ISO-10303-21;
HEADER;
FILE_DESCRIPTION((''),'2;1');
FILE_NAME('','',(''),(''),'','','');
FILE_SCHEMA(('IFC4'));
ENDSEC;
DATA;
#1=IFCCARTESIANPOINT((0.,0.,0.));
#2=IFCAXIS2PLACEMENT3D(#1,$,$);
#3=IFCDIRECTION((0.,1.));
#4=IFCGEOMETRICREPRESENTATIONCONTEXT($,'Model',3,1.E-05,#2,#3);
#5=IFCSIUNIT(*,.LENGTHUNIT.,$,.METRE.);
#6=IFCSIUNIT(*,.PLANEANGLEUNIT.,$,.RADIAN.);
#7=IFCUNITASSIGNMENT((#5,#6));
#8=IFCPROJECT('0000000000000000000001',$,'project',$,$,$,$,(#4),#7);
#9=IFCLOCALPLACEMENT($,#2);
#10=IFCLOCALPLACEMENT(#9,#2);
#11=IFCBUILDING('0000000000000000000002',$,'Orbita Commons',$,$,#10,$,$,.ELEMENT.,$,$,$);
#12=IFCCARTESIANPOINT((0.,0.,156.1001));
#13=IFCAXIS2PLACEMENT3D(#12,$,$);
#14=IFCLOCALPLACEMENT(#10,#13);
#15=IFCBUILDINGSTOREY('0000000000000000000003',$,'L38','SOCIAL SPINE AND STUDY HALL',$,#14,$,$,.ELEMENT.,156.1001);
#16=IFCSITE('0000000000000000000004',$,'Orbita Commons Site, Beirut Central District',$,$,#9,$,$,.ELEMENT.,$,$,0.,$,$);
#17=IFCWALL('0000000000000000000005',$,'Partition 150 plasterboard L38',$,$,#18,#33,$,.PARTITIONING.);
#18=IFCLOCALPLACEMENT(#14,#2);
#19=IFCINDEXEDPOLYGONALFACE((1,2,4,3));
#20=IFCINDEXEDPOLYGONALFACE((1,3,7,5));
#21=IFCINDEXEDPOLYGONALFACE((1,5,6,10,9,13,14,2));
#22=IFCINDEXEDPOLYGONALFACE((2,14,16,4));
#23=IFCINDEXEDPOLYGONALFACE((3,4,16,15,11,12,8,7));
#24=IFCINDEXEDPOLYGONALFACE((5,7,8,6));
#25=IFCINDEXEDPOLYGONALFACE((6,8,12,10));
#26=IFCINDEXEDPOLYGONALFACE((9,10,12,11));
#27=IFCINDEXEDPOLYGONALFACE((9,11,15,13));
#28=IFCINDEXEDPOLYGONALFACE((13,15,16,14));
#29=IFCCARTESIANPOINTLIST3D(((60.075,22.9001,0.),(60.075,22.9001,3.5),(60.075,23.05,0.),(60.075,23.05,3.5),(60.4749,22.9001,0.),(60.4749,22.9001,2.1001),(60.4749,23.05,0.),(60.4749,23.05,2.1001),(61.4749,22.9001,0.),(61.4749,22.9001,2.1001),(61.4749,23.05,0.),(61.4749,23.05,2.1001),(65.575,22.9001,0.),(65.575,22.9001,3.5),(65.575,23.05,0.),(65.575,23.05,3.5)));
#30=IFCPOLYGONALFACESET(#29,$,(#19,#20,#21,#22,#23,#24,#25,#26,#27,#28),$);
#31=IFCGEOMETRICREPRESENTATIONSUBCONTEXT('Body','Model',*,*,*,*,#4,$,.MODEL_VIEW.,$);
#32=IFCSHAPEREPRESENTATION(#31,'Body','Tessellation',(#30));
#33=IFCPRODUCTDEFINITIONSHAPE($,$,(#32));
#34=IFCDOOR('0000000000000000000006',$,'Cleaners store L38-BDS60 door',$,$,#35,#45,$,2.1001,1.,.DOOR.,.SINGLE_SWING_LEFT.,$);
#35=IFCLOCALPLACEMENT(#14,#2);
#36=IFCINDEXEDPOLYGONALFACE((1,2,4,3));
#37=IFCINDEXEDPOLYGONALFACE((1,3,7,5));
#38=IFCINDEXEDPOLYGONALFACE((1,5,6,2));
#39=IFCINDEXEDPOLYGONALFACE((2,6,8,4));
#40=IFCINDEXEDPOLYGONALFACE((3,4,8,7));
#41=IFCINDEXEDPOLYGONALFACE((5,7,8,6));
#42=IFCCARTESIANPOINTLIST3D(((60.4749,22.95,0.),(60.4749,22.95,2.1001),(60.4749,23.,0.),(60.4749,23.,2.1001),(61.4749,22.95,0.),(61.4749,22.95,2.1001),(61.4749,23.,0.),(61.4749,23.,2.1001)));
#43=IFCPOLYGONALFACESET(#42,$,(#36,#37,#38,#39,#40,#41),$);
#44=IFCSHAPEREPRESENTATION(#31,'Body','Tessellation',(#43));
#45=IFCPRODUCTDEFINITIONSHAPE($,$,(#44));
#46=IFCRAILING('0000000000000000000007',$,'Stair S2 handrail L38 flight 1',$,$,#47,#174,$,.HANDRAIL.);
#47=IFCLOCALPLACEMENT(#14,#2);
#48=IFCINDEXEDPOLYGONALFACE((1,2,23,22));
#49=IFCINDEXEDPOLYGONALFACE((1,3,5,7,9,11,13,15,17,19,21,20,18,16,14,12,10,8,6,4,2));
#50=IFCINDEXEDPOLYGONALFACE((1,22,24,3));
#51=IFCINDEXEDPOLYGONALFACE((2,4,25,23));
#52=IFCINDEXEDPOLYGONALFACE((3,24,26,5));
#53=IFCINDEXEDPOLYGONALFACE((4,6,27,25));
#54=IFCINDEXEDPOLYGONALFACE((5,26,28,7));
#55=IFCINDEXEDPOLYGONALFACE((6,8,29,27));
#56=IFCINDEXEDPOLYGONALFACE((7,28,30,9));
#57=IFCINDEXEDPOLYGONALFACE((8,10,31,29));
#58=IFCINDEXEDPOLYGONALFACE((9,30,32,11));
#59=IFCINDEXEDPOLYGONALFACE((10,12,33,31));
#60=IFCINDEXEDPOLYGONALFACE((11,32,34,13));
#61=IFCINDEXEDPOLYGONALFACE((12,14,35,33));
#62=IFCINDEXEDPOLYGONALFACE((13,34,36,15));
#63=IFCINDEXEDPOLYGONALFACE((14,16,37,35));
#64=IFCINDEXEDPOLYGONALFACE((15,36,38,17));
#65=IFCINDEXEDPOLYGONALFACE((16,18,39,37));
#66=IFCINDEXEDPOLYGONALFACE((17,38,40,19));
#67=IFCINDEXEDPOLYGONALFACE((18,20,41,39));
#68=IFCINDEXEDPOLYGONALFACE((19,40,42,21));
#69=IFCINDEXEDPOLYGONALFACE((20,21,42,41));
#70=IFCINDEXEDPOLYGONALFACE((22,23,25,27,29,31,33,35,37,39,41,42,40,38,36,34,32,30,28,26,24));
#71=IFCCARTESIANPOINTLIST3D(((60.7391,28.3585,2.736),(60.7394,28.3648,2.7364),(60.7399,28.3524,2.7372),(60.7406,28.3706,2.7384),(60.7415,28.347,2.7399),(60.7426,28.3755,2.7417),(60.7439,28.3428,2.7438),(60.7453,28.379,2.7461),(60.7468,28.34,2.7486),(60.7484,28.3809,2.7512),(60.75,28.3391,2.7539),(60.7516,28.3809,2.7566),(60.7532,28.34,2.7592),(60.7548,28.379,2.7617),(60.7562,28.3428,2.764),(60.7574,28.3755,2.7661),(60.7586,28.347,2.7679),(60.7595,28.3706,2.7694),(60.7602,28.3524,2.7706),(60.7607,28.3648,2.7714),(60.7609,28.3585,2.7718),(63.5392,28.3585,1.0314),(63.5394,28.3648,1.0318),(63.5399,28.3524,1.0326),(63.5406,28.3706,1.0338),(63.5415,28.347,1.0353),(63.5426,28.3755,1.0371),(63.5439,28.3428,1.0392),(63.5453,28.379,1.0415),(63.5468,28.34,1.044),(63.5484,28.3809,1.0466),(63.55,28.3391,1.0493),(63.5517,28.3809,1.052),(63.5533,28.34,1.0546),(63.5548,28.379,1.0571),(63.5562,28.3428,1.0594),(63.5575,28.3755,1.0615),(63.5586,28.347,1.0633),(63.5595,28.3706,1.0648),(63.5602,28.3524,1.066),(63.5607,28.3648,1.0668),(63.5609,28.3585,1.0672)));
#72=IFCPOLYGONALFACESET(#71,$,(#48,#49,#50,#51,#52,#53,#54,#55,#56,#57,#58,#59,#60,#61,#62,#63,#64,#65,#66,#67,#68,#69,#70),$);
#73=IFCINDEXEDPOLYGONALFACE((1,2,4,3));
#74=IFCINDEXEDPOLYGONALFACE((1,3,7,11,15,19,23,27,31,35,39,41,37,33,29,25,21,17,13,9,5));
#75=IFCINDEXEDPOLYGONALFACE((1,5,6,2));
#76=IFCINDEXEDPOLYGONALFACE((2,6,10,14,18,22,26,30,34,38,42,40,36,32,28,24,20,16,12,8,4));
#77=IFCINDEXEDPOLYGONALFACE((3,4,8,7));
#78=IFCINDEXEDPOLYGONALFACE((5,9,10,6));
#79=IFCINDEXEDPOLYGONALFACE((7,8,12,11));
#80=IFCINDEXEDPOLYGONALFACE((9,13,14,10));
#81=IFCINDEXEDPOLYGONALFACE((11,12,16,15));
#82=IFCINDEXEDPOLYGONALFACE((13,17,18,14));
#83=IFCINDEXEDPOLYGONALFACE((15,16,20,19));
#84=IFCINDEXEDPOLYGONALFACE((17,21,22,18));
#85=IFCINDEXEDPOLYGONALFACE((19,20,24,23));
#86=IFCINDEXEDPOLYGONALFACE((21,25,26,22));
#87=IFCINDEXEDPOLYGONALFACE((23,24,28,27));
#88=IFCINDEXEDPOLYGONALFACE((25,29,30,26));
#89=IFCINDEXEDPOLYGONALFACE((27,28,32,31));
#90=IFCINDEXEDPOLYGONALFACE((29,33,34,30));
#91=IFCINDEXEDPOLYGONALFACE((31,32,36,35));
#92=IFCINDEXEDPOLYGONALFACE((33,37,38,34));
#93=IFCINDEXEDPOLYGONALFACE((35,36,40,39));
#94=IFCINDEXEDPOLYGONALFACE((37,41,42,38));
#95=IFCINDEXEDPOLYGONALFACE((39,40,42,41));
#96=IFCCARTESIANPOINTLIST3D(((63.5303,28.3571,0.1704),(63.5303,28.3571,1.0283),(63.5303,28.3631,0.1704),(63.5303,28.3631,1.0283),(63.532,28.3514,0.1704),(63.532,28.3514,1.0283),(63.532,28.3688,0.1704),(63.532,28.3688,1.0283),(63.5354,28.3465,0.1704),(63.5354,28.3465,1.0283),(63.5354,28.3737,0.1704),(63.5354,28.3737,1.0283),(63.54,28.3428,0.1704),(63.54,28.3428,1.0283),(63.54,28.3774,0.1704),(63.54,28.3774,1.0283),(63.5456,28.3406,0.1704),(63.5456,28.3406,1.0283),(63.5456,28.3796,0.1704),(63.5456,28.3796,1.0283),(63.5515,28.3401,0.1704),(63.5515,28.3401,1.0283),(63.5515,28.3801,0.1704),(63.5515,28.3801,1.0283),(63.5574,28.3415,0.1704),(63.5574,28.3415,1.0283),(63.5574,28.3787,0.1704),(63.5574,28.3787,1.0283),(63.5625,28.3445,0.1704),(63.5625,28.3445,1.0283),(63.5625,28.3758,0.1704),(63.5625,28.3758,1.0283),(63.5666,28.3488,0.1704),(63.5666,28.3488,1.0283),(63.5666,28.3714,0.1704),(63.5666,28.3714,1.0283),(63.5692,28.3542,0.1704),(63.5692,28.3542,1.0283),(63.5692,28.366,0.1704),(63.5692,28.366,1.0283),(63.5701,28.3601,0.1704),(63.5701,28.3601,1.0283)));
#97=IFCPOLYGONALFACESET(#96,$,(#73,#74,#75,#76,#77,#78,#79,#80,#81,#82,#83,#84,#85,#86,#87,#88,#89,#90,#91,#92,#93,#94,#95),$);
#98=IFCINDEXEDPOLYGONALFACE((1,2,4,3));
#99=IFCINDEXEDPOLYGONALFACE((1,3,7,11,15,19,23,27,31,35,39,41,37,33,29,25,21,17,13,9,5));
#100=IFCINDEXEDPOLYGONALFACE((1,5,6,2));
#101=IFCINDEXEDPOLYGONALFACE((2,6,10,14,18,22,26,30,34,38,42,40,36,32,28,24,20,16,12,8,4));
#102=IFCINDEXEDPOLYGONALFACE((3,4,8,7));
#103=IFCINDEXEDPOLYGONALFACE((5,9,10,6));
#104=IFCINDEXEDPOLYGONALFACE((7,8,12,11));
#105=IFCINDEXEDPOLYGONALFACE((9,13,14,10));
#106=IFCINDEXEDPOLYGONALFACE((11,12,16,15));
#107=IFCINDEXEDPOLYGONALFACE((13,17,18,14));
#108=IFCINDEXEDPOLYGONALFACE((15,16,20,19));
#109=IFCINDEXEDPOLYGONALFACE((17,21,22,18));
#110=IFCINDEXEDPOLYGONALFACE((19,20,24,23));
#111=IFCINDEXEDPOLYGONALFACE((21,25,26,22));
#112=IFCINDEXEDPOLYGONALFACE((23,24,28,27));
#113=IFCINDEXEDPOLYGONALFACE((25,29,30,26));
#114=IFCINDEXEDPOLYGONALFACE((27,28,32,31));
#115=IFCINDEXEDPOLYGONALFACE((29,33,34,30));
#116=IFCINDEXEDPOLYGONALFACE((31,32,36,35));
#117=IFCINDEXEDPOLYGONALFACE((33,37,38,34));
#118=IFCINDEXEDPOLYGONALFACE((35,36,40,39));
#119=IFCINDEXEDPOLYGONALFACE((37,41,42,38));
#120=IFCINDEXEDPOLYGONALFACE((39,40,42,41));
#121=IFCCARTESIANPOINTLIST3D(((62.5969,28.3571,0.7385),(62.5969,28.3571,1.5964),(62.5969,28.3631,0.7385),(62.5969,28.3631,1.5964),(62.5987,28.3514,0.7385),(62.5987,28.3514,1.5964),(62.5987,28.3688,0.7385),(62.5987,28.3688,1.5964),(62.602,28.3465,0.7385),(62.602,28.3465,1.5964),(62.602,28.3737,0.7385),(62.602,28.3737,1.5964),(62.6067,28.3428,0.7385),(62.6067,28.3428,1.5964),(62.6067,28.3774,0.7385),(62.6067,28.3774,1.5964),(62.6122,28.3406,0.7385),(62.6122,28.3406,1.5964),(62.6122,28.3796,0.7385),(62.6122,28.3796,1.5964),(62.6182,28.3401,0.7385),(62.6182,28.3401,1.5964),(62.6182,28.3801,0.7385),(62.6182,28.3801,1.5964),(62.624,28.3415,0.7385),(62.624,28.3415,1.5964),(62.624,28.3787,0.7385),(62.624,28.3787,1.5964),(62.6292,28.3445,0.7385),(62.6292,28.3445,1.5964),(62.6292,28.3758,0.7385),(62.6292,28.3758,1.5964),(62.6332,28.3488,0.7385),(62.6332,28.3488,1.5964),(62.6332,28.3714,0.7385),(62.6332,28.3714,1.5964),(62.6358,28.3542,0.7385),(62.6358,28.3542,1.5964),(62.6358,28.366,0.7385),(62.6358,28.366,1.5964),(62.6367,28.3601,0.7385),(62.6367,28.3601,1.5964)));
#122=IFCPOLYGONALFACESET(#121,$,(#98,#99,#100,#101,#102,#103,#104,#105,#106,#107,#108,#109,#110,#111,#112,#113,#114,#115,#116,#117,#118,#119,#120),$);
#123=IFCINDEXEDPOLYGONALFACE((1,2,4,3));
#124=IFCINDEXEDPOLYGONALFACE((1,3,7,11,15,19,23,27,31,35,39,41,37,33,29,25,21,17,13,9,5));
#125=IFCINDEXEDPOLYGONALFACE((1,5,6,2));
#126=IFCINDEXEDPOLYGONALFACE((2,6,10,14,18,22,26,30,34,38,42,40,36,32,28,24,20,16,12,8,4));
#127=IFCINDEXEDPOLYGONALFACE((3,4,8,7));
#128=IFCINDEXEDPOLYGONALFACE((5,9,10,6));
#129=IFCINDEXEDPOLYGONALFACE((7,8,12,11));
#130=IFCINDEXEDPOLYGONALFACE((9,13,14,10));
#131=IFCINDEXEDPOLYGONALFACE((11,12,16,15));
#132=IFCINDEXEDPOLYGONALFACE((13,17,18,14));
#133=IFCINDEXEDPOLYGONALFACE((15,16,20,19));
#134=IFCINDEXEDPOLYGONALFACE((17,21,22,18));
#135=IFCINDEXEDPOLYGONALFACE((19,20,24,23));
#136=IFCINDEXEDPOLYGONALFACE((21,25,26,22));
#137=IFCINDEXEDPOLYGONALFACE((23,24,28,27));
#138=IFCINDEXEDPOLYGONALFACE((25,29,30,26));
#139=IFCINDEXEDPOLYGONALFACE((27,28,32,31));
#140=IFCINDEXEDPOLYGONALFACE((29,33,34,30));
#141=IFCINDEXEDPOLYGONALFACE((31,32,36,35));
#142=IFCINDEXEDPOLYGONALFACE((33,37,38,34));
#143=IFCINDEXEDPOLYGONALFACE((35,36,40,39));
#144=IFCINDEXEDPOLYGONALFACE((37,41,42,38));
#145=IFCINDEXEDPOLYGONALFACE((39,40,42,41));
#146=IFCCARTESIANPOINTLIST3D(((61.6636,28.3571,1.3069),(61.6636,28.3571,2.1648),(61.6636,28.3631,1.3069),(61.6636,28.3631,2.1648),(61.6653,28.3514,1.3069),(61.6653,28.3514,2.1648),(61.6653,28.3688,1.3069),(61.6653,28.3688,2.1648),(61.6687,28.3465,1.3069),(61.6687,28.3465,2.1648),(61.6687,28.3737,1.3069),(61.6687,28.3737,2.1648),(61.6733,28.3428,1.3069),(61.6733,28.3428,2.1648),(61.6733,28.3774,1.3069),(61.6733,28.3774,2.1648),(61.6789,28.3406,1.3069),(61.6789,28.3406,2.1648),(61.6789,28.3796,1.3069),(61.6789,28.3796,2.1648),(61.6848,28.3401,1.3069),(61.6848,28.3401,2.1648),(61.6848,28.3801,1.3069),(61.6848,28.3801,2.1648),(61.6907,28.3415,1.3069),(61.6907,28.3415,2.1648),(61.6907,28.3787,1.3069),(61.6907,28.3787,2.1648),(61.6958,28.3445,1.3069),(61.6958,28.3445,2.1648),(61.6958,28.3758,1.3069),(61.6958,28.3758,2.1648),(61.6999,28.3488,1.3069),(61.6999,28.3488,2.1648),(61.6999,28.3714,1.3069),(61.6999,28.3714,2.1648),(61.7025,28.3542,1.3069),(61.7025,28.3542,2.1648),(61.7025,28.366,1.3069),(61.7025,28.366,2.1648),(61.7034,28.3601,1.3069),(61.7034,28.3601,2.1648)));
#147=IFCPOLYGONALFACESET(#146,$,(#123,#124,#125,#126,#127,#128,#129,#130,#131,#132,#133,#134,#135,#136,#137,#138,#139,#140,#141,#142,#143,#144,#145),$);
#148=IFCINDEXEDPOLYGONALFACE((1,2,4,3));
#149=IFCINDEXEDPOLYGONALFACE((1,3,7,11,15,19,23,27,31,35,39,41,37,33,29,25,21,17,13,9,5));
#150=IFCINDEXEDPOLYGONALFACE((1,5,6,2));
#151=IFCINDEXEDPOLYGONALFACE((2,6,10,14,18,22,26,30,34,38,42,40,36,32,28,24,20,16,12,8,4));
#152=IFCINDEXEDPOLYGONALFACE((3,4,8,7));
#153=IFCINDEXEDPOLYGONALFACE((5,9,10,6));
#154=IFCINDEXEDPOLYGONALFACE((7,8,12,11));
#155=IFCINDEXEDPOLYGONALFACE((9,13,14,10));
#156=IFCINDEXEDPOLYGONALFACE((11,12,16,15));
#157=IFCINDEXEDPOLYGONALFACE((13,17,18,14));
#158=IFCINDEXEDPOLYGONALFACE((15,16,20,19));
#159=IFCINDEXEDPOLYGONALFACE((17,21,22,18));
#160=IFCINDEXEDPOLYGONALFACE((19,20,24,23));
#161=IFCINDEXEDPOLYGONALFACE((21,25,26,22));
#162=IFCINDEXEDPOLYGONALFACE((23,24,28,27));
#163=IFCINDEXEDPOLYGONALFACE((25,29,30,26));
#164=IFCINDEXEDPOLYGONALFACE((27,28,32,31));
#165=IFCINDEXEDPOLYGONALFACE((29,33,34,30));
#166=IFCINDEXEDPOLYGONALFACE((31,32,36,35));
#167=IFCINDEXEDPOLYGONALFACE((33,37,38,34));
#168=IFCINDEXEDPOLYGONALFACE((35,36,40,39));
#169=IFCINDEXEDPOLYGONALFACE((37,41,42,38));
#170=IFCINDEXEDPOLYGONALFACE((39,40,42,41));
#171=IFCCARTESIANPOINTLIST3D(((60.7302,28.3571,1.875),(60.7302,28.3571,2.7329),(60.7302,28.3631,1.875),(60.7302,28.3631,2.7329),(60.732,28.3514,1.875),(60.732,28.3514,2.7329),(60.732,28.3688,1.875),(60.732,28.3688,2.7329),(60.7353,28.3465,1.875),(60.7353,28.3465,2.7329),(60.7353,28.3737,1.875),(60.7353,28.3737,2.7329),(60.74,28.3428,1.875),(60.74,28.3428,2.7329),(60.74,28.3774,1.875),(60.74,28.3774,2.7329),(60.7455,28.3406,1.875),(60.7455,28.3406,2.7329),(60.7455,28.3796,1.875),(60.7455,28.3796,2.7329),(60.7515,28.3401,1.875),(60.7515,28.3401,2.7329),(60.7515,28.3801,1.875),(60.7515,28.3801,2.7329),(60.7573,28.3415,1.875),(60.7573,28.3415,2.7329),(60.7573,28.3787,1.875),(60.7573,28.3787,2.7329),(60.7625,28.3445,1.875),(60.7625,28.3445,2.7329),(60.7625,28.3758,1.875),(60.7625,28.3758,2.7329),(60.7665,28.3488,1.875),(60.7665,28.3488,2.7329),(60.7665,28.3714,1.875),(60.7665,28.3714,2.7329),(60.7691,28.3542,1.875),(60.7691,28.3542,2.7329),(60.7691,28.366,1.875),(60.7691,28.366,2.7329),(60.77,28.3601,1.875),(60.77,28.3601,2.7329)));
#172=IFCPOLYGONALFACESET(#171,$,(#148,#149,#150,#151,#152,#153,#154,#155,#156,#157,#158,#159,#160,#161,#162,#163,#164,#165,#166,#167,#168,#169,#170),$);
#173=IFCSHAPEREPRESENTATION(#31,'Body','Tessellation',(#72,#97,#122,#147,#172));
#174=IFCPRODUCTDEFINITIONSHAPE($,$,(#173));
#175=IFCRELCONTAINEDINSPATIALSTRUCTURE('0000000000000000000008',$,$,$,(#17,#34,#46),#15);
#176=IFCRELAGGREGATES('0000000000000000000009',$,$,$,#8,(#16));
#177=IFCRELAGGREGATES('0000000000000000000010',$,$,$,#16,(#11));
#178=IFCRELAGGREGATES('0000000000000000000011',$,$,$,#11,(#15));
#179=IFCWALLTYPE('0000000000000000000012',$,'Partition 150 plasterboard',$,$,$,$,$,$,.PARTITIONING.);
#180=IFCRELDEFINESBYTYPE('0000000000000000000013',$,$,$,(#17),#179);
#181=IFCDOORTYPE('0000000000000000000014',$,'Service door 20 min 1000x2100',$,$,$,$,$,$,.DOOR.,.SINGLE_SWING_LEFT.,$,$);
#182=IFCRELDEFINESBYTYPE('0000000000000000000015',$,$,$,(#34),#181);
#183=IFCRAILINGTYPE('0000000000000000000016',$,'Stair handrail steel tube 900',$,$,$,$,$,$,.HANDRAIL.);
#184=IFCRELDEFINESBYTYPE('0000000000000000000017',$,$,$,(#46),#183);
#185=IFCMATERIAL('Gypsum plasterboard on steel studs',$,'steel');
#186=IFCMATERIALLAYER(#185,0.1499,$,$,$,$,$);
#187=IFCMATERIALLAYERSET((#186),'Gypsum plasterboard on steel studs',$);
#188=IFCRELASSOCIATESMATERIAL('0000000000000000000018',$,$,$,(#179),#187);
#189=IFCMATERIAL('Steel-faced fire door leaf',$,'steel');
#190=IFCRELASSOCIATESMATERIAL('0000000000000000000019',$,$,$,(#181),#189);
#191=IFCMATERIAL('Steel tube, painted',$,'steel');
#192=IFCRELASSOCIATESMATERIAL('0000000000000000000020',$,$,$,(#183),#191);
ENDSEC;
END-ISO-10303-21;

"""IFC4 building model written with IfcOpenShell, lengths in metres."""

from ifc_helpers import new_model, si_unit, direction, frame, frame_2d, origin, origin_2d, place, context, subcontext, project, spatial, rectangle, circle, extrude, material, layer, layer_set, type_object, element, fill, save


model = new_model("IFC4")

# Units and contexts
model_context = context("Model", 3, precision=1e-05, world=origin(), true_north=direction((0.0, 1.0)))
body_context = subcontext(model_context, "Body", "Model", "MODEL_VIEW")
ifc_project = project(units=[si_unit("LENGTHUNIT", "METRE"), si_unit("PLANEANGLEUNIT", "RADIAN")], contexts=[model_context])

# Site, building, storey
site_placement = place(None, origin())
site = spatial("IfcSite", under=ifc_project, at=site_placement, Name="Orbita Commons Site, Beirut Central District", CompositionType="ELEMENT", RefElevation=0.0)
building_placement = place(site_placement, origin())
building = spatial("IfcBuilding", under=site, at=building_placement, Name="Orbita Commons", CompositionType="ELEMENT")
storey_placement = place(building_placement, frame((0.0, 0.0, 156.1001)))
storey = spatial("IfcBuildingStorey", under=building, at=storey_placement, Name="L38", Description="SOCIAL SPINE AND STUDY HALL", CompositionType="ELEMENT", Elevation=156.1001)

# Wall, opening, door
ifc_material_1 = material(Name="Gypsum plasterboard on steel studs", Category="steel")
ifc_layer_1 = layer(ifc_material_1, 0.1499)
ifc_layer_set_1 = layer_set([ifc_layer_1], Name="Gypsum plasterboard on steel studs")
wall_type_1 = type_object("IfcWallType", Name="Partition 150 plasterboard", PredefinedType="PARTITIONING", material=ifc_layer_set_1)
wall_1_placement = place(storey_placement, frame((60.075, 22.9751, 0.0), z_axis=(0.0, 0.0, 1.0), x_axis=(1.0, 0.0, 0.0)))
wall_1 = element("IfcWall", 1, at=wall_1_placement, inside=storey, type_object=wall_type_1, Name="Partition 150 plasterboard L38", PredefinedType="PARTITIONING", context=body_context, shape_type="SweptSolid", body=[
    extrude(rectangle(XDim=5.5, YDim=0.1499, at=frame_2d((2.75, 0.0))), origin(), (0.0, 0.0, 1.0), 3.5),
])
opening_1_placement = place(wall_1_placement, frame((0.3999, 0.0, 0.0)))
opening_1 = element("IfcOpeningElement", 2, at=opening_1_placement, cuts=wall_1, PredefinedType="OPENING", context=body_context, shape_type="SweptSolid", body=[
    extrude(rectangle(XDim=1.0, YDim=2.1001, at=frame_2d((0.5, 1.05))), frame((0.0, 0.085, 0.0), z_axis=(0.0, -1.0, 0.0), x_axis=(1.0, 0.0, 0.0)), (0.0, 0.0, 1.0), 0.1699),
])
ifc_material_2 = material(Name="Steel-faced fire door leaf", Category="steel")
door_type_1 = type_object("IfcDoorType", Name="Service door 20 min 1000x2100", OperationType="SINGLE_SWING_LEFT", PredefinedType="DOOR", material=ifc_material_2)
door_1_placement = place(opening_1_placement, origin())
door_1 = element("IfcDoor", 3, at=door_1_placement, inside=storey, type_object=door_type_1, Name="Cleaners store L38-BDS60 door", OperationType="SINGLE_SWING_LEFT", OverallHeight=2.1001, OverallWidth=1.0, PredefinedType="DOOR", context=body_context, shape_type="SweptSolid", body=[
    extrude(rectangle(XDim=1.0, YDim=2.1001, at=frame_2d((0.5, 1.05))), frame((0.0, 0.0249, 0.0), z_axis=(0.0, -1.0, 0.0), x_axis=(1.0, 0.0, 0.0)), (0.0, 0.0, 1.0), 0.05),
])
fill(opening_1, door_1)

# Railing
ifc_material_3 = material(Name="Steel tube, painted", Category="steel")
railing_type = type_object("IfcRailingType", Name="Stair handrail steel tube 900", PredefinedType="HANDRAIL", material=ifc_material_3)
for number, where, name in (
    (4, (63.55, 28.3601, 0.1704), "Stair S2 handrail L38 flight 1"),
):
    element("IfcRailing", number, at=place(storey_placement, frame(where)), inside=storey, type_object=railing_type, Name=name, PredefinedType="HANDRAIL", context=body_context, shape_type="SweptSolid", body=[
        extrude(circle(Radius=0.021, at=origin_2d()), frame((0.0, 0.0, 0.8789), z_axis=(-0.85417, 0.0, 0.519994), x_axis=(0.0, -1.0, 0.0)), (0.0, 0.0, 1.0), 3.2781),
        extrude(circle(Radius=0.02, at=origin_2d()), origin(), (0.0, 0.0, 1.0), 0.8579),
        extrude(circle(Radius=0.02, at=origin_2d()), frame((-0.9333, 0.0, 0.5681)), (0.0, 0.0, 1.0), 0.8579),
        extrude(circle(Radius=0.02, at=origin_2d()), frame((-1.8667, 0.0, 1.1365)), (0.0, 0.0, 1.0), 0.8579),
        extrude(circle(Radius=0.02, at=origin_2d()), frame((-2.8, 0.0, 1.7046)), (0.0, 0.0, 1.0), 0.8579),
    ])

save(model, "model.ifc")
